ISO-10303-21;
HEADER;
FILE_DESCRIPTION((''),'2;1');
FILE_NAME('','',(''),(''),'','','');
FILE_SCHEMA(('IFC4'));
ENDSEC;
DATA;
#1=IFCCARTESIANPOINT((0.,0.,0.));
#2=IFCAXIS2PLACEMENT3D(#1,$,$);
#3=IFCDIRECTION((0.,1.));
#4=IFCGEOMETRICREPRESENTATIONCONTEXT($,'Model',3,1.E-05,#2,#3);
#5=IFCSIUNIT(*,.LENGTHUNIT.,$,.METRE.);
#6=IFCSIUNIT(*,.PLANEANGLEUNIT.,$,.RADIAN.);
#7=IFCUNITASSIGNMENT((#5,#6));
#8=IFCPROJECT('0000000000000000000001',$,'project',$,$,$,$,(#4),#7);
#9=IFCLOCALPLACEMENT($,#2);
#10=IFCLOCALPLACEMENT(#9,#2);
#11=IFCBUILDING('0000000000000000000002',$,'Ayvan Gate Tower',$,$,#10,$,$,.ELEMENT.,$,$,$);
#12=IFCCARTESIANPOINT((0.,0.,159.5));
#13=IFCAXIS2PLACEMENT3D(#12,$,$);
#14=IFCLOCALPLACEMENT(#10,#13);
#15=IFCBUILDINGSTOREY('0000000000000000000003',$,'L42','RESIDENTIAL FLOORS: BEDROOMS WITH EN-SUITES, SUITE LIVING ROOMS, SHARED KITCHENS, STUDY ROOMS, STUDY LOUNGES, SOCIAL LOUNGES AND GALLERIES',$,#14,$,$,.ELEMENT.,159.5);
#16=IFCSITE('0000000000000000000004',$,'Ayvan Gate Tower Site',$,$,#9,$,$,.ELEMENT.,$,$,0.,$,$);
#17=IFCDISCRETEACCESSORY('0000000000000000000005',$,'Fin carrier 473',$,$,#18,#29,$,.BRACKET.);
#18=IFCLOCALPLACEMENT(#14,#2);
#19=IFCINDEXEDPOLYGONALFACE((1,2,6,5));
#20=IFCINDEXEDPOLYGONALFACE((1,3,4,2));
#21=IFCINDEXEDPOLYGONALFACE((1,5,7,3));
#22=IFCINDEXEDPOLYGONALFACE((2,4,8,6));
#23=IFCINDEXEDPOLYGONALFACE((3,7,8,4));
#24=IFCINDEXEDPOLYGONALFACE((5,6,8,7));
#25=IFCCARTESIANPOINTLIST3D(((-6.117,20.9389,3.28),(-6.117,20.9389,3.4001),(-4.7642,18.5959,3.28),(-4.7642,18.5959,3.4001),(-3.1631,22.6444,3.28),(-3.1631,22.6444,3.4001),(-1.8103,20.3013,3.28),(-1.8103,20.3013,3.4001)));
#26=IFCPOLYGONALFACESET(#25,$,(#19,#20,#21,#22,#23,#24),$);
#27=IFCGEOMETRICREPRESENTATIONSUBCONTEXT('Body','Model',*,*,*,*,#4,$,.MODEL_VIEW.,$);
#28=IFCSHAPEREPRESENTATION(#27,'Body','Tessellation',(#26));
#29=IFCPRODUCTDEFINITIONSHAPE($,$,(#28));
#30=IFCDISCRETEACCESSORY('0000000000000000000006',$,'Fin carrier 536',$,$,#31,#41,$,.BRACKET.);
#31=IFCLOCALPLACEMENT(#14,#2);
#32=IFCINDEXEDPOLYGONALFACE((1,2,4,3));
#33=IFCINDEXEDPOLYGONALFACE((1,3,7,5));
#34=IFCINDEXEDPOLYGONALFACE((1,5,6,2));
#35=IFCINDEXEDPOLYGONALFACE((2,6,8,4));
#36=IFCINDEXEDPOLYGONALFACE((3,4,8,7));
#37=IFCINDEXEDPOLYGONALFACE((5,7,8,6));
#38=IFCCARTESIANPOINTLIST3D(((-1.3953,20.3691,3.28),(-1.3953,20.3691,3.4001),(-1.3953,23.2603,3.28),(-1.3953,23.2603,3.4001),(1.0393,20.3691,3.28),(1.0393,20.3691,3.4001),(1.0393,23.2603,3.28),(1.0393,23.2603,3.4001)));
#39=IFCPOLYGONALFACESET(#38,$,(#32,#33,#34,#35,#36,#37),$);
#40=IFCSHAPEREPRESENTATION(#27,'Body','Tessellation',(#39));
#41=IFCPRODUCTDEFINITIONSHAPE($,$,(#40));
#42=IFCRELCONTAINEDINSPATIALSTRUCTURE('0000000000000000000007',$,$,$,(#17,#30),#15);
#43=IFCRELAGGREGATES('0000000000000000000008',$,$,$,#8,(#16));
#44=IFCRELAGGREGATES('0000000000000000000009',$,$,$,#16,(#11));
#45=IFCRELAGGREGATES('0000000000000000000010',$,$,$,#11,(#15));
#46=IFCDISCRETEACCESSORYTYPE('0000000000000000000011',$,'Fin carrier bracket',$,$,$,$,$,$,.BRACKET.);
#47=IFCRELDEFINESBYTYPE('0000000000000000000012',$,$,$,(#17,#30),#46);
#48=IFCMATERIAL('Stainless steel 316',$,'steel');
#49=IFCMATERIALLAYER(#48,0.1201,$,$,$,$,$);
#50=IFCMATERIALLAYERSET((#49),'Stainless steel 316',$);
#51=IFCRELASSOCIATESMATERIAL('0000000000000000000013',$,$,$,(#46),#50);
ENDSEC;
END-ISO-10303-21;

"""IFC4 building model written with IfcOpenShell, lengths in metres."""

from ifc_helpers import new_model, si_unit, direction, frame, origin, origin_2d, place, context, subcontext, project, spatial, rectangle, extrude, material, layer, layer_set, type_object, element, save


model = new_model("IFC4")

# Units and contexts
model_context = context("Model", 3, precision=1e-05, world=origin(), true_north=direction((0.0, 1.0)))
body_context = subcontext(model_context, "Body", "Model", "MODEL_VIEW")
ifc_project = project(units=[si_unit("LENGTHUNIT", "METRE"), si_unit("PLANEANGLEUNIT", "RADIAN")], contexts=[model_context])

# Site, building, storey
site_placement = place(None, origin())
site = spatial("IfcSite", under=ifc_project, at=site_placement, Name="Ayvan Gate Tower Site", CompositionType="ELEMENT", RefElevation=0.0)
building_placement = place(site_placement, origin())
building = spatial("IfcBuilding", under=site, at=building_placement, Name="Ayvan Gate Tower", CompositionType="ELEMENT")
storey_placement = place(building_placement, frame((0.0, 0.0, 159.5)))
storey = spatial("IfcBuildingStorey", under=building, at=storey_placement, Name="L42", Description="RESIDENTIAL FLOORS: BEDROOMS WITH EN-SUITES, SUITE LIVING ROOMS, SHARED KITCHENS, STUDY ROOMS, STUDY LOUNGES, SOCIAL LOUNGES AND GALLERIES", CompositionType="ELEMENT", Elevation=159.5)

# Discrete accessories
ifc_material_1 = material(Name="Stainless steel 316", Category="steel")
ifc_layer_1 = layer(ifc_material_1, 0.1201)
ifc_layer_set_1 = layer_set([ifc_layer_1], Name="Stainless steel 316")
discrete_accessory_type = type_object("IfcDiscreteAccessoryType", Name="Fin carrier bracket", PredefinedType="BRACKET", material=ifc_layer_set_1)
discrete_accessory_1_placement = place(storey_placement, frame((-3.9636, 20.6201, 3.28), z_axis=(0.0, 0.0, 1.0), x_axis=(-0.866025, -0.5, 0.0)))
element("IfcDiscreteAccessory", 1, at=discrete_accessory_1_placement, inside=storey, type_object=discrete_accessory_type, Name="Fin carrier 473", PredefinedType="BRACKET", context=body_context, shape_type="SweptSolid", body=[
    extrude(rectangle(XDim=3.4109, YDim=2.7056, at=origin_2d()), origin(), (0.0, 0.0, 1.0), 0.1201),
])
discrete_accessory_2_placement = place(storey_placement, frame((-0.178, 21.8147, 3.28), z_axis=(0.0, 0.0, 1.0), x_axis=(-1.0, 0.0, 0.0)))
element("IfcDiscreteAccessory", 2, at=discrete_accessory_2_placement, inside=storey, type_object=discrete_accessory_type, Name="Fin carrier 536", PredefinedType="BRACKET", context=body_context, shape_type="SweptSolid", body=[
    extrude(rectangle(XDim=2.4346, YDim=2.8911, at=origin_2d()), origin(), (0.0, 0.0, 1.0), 0.1201),
])

save(model, "model.ifc")
